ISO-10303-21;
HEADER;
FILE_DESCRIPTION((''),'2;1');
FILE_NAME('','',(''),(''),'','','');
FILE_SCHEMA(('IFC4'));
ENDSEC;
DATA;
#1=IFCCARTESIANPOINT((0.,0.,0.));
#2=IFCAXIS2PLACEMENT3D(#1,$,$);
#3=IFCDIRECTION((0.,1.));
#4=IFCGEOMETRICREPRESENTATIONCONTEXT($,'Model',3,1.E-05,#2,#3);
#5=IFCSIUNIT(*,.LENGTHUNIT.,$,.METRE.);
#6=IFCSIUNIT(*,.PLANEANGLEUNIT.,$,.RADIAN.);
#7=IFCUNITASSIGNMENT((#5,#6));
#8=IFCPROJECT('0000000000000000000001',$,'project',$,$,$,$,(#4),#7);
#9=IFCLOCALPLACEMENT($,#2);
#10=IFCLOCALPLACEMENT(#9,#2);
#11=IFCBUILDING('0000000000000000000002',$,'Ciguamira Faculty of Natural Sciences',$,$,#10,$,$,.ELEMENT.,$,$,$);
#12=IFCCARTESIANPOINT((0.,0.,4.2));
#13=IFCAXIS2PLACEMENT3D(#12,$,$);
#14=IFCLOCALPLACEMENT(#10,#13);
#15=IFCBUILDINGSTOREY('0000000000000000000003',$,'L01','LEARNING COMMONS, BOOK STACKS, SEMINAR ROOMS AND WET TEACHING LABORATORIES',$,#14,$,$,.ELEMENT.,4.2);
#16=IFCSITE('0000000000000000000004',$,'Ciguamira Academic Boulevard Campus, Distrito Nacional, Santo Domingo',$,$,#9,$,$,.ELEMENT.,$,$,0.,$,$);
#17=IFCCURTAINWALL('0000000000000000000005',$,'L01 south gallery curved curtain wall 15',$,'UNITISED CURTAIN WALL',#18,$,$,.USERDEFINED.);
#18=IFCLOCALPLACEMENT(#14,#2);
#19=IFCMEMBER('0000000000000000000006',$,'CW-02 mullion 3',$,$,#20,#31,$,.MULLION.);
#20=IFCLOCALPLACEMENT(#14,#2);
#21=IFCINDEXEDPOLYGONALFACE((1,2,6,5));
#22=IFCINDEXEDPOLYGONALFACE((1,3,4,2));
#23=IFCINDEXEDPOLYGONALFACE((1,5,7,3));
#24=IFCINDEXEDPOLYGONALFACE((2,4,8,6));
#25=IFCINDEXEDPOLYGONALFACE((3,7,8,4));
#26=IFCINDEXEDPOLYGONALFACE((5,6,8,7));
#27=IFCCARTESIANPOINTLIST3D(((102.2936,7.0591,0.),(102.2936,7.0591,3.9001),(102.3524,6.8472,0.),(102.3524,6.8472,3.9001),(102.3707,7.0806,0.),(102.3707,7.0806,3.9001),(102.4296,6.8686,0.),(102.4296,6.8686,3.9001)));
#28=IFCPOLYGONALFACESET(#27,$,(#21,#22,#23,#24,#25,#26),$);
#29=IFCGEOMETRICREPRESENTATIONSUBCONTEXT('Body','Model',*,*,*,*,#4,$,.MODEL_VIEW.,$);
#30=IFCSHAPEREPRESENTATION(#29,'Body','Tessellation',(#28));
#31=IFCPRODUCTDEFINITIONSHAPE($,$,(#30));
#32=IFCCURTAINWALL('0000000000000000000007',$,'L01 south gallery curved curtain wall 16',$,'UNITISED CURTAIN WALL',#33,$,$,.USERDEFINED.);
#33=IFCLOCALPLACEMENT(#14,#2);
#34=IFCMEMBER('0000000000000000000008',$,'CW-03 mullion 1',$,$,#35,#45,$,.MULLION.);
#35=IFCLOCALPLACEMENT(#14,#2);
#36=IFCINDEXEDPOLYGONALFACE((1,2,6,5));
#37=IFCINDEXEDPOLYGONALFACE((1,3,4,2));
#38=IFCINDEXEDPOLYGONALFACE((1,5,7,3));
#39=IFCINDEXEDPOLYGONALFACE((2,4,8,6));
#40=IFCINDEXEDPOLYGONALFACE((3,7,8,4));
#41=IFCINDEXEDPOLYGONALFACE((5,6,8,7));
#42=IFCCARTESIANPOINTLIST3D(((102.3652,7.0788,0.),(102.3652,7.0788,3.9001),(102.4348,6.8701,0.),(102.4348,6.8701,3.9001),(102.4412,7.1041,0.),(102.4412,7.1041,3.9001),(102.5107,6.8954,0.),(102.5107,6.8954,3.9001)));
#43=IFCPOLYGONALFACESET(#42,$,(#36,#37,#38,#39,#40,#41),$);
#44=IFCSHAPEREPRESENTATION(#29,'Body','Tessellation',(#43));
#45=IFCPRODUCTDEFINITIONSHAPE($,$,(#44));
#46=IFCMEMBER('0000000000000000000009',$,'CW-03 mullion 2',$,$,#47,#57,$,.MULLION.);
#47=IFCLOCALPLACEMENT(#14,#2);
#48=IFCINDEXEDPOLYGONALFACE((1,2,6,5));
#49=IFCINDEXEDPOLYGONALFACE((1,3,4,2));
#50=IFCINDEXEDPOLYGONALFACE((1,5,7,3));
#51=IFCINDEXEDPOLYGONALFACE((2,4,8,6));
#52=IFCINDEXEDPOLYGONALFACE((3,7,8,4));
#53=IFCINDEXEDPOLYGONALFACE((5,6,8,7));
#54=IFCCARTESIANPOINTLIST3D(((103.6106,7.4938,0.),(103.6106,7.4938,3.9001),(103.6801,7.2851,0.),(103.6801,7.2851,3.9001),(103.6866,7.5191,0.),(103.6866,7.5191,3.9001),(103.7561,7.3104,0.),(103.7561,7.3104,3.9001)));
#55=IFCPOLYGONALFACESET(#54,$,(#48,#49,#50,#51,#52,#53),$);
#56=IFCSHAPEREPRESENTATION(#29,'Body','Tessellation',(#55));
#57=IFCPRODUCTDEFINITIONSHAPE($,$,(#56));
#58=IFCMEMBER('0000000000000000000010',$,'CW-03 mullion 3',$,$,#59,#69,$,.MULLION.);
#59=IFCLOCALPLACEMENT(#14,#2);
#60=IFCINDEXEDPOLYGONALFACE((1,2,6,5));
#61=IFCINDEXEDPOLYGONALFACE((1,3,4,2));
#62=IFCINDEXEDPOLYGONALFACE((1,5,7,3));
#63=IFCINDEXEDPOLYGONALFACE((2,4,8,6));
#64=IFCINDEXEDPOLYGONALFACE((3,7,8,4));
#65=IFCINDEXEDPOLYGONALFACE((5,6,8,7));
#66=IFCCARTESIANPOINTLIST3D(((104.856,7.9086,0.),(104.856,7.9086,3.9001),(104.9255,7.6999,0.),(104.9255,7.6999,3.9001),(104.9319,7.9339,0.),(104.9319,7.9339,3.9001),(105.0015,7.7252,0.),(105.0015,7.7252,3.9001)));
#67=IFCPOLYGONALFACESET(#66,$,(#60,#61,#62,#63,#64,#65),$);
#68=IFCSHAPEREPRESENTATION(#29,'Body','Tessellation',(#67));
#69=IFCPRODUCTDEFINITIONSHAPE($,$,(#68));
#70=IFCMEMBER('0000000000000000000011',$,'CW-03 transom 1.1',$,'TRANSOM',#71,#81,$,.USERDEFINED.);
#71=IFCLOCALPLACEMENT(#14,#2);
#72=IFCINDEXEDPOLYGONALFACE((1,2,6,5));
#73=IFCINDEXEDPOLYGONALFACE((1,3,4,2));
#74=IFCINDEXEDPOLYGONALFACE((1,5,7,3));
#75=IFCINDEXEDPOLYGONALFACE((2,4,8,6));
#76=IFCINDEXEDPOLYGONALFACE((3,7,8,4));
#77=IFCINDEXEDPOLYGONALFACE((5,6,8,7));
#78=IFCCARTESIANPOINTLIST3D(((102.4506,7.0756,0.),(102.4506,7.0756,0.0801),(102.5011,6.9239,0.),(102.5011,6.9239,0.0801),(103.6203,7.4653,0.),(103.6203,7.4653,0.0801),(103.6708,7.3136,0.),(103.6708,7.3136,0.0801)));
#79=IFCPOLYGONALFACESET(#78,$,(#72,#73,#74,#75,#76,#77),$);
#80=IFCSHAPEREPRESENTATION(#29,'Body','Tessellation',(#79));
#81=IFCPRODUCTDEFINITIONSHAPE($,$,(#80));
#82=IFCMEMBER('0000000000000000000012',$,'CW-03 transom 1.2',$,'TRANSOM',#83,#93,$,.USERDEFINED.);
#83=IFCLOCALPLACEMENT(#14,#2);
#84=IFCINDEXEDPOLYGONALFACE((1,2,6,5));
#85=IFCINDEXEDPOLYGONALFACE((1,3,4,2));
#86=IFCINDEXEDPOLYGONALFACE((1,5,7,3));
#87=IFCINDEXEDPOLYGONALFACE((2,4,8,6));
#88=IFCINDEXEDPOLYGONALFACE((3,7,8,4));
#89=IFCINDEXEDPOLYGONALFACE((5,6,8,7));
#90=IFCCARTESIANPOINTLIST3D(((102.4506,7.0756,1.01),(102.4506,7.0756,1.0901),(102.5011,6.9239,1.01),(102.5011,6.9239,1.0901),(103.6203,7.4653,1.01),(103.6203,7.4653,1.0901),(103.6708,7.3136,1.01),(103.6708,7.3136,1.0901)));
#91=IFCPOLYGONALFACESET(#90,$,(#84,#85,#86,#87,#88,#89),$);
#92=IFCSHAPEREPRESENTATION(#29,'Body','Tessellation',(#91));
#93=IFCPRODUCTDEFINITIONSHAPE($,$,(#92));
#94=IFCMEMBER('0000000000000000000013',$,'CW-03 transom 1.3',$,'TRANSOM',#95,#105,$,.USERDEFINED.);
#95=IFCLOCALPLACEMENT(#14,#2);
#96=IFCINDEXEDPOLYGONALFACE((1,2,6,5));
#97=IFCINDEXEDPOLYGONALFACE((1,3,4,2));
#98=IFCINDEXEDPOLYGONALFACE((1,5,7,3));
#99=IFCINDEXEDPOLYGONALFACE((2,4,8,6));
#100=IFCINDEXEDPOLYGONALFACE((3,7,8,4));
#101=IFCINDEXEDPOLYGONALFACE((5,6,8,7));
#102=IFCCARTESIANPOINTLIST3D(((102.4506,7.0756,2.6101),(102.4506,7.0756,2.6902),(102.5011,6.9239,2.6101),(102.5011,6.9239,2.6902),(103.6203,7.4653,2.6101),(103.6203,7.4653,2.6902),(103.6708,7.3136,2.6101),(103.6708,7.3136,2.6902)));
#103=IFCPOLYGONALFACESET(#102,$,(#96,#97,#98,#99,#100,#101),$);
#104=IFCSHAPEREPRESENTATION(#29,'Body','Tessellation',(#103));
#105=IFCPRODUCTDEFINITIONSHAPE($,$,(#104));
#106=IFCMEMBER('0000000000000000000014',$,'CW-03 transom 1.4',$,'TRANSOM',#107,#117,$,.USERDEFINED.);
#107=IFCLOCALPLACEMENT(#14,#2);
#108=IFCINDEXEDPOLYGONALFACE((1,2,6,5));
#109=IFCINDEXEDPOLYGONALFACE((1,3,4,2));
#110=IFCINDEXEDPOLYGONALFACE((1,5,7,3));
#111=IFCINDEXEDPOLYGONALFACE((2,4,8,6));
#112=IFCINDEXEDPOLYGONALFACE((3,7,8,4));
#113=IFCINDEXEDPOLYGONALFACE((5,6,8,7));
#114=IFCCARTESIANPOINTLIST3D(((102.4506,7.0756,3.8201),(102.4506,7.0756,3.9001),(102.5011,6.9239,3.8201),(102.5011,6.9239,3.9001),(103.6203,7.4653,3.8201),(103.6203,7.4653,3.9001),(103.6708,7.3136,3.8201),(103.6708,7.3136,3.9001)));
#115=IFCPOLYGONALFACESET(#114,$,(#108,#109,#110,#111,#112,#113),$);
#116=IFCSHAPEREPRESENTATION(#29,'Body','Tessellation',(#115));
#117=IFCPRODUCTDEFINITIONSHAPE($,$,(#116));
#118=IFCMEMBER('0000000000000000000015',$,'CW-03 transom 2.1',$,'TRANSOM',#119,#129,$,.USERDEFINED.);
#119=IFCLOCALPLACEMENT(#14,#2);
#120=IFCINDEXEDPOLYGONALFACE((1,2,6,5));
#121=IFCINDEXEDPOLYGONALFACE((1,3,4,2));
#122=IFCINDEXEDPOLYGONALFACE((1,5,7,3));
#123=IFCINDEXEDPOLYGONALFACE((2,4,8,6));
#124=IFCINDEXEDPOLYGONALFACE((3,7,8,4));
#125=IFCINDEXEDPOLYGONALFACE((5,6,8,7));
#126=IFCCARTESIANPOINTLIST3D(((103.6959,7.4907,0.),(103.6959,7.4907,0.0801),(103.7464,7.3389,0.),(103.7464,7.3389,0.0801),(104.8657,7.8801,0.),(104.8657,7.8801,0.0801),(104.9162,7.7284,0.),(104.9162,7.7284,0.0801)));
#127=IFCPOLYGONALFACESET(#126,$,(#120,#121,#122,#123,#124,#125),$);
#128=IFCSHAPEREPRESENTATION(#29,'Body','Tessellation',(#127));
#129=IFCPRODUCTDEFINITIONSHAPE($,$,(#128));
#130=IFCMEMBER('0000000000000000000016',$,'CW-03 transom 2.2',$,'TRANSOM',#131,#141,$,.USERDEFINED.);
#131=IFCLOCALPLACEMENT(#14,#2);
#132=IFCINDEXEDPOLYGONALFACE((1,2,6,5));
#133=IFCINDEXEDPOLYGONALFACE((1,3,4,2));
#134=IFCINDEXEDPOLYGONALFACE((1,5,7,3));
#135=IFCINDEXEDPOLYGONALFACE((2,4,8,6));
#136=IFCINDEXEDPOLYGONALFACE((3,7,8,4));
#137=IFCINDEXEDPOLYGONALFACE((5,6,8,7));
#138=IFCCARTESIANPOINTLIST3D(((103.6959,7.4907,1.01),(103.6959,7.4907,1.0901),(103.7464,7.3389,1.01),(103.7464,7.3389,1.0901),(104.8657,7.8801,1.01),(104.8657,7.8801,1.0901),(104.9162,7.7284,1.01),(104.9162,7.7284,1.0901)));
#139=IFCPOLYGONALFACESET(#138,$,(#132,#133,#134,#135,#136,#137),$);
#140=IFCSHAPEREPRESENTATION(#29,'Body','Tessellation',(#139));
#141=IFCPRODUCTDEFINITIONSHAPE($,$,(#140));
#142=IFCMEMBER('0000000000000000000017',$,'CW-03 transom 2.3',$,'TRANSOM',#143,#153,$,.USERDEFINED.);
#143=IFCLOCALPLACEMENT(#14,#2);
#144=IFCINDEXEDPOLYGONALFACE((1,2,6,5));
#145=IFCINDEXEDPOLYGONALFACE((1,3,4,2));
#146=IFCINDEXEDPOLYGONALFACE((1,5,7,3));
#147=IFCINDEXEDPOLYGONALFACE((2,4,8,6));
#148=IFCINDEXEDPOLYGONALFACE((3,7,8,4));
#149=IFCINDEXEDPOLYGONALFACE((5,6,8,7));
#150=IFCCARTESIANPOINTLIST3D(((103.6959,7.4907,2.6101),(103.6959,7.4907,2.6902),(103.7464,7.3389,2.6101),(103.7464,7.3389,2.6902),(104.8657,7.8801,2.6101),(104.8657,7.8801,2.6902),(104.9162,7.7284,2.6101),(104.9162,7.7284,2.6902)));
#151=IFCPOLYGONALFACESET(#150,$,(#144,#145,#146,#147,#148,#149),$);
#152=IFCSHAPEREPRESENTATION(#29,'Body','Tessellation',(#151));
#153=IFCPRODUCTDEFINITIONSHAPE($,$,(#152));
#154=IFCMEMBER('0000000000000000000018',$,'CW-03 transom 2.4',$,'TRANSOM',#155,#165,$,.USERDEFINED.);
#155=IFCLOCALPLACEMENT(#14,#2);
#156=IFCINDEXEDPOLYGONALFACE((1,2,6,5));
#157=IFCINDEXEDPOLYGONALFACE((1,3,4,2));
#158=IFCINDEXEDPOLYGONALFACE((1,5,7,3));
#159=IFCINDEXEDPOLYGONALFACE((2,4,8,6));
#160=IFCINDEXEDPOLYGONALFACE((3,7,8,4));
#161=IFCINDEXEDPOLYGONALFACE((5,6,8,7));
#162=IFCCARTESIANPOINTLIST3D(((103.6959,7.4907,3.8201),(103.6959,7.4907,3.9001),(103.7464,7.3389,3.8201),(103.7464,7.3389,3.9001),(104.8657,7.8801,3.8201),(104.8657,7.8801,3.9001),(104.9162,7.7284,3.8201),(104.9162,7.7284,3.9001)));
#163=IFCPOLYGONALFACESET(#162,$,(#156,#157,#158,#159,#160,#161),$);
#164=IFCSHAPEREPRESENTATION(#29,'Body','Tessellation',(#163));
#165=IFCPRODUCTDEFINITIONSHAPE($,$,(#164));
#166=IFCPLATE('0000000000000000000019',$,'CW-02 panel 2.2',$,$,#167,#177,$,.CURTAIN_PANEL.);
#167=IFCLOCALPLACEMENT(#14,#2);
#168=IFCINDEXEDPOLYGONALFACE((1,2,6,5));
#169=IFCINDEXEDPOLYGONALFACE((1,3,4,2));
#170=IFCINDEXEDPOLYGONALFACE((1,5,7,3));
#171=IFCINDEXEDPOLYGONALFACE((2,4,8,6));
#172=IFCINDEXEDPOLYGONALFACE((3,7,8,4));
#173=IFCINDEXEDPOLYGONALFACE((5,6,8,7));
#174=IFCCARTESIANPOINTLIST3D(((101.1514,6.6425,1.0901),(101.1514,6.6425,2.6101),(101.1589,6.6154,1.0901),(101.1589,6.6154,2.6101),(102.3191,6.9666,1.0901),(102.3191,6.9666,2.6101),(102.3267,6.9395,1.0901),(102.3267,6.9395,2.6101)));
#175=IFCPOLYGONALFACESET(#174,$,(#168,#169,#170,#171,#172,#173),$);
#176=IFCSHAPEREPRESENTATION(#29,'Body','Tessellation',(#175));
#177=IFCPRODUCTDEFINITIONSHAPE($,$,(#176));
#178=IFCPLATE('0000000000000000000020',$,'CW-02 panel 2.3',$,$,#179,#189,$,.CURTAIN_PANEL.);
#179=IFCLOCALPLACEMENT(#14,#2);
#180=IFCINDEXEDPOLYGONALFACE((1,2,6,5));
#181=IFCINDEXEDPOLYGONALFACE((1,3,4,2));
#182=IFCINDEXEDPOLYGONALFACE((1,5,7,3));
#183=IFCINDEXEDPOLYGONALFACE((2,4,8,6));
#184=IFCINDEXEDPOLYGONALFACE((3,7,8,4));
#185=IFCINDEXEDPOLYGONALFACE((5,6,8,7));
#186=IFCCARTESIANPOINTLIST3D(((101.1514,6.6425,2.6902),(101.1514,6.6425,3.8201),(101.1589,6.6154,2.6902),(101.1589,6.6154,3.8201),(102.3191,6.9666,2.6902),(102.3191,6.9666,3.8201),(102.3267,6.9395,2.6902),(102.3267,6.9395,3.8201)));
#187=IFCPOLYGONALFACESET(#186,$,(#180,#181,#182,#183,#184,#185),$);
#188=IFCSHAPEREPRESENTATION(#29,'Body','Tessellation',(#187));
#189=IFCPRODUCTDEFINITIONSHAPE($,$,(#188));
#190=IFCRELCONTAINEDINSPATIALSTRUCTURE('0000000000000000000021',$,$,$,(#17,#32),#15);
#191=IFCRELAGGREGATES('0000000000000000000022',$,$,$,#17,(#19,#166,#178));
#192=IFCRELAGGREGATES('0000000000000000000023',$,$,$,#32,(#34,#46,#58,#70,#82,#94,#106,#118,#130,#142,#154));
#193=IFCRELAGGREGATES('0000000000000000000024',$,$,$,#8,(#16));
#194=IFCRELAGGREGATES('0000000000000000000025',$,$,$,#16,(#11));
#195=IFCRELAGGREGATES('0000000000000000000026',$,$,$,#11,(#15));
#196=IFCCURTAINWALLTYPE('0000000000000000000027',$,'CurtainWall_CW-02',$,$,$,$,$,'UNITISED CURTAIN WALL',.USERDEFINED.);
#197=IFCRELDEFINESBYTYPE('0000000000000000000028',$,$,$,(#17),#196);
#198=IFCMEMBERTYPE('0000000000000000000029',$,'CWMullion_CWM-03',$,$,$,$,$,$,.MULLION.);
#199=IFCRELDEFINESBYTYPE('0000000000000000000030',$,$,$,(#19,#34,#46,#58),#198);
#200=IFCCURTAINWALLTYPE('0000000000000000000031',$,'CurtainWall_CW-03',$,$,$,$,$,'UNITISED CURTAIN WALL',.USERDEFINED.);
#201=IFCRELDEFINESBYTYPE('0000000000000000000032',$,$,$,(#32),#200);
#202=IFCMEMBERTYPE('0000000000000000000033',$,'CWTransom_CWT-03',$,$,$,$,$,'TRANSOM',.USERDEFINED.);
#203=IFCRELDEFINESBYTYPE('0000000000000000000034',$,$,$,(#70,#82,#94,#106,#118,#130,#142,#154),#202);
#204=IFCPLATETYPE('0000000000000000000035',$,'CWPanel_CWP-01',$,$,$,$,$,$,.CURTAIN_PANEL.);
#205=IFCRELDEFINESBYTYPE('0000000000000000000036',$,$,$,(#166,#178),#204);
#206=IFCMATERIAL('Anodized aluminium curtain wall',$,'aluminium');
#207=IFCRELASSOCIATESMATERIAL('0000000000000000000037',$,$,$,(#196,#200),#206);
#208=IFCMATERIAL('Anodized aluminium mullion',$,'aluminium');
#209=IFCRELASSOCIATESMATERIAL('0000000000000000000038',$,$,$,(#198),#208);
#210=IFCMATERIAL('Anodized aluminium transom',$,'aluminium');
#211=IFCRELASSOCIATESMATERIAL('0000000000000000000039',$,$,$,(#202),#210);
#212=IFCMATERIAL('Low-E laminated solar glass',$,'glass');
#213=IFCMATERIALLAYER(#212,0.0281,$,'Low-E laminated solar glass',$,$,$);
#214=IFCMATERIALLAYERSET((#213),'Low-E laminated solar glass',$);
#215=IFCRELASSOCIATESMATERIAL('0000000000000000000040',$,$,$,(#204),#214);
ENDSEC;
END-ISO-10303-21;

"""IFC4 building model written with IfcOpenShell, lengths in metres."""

from ifc_helpers import new_model, si_unit, direction, frame, origin, origin_2d, place, context, subcontext, project, spatial, rectangle, extrude, material, layer, layer_set, material_profile, profile_set, type_object, element, aggregate, save


model = new_model("IFC4")

# Units and contexts
model_context = context("Model", 3, precision=1e-05, world=origin(), true_north=direction((0.0, 1.0)))
body_context = subcontext(model_context, "Body", "Model", "MODEL_VIEW")
ifc_project = project(units=[si_unit("LENGTHUNIT", "METRE"), si_unit("PLANEANGLEUNIT", "RADIAN")], contexts=[model_context])

# Site, building, storey
site_placement = place(None, origin())
site = spatial("IfcSite", under=ifc_project, at=site_placement, Name="Ciguamira Academic Boulevard Campus, Distrito Nacional, Santo Domingo", CompositionType="ELEMENT", RefElevation=0.0)
building_placement = place(site_placement, origin())
building = spatial("IfcBuilding", under=site, at=building_placement, Name="Ciguamira Faculty of Natural Sciences", CompositionType="ELEMENT")
storey_placement = place(building_placement, frame((0.0, 0.0, 4.2)))
storey = spatial("IfcBuildingStorey", under=building, at=storey_placement, Name="L01", Description="LEARNING COMMONS, BOOK STACKS, SEMINAR ROOMS AND WET TEACHING LABORATORIES", CompositionType="ELEMENT", Elevation=4.2)

# Curtain wall, member
ifc_material_1 = material(Name="Anodized aluminium curtain wall", Category="aluminium")
curtain_wall_type_1 = type_object("IfcCurtainWallType", Name="CurtainWall_CW-02", ElementType="UNITISED CURTAIN WALL", PredefinedType="USERDEFINED", material=ifc_material_1)
curtain_wall_1_placement = place(storey_placement, origin())
curtain_wall_1 = element("IfcCurtainWall", 1, at=curtain_wall_1_placement, inside=storey, type_object=curtain_wall_type_1, Name="L01 south gallery curved curtain wall 15", ObjectType="UNITISED CURTAIN WALL", PredefinedType="USERDEFINED")
ifc_material_2 = material(Name="Anodized aluminium mullion", Category="aluminium")
ifc_material_profile_1 = material_profile(ifc_material_2, rectangle(XDim=0.0801, YDim=0.22, at=origin_2d()), Name="ALU-MUL-80X220")
ifc_profile_set_1 = profile_set([ifc_material_profile_1], Name="Anodized aluminium mullion")
member_type_1 = type_object("IfcMemberType", Name="CWMullion_CWM-03", PredefinedType="MULLION", material=ifc_profile_set_1)
member_1_placement = place(storey_placement, frame((102.3616, 6.9639, 0.0), z_axis=(0.0, 0.0, 1.0), x_axis=(0.963573, 0.267444, 0.0)))
member_1 = element("IfcMember", 2, at=member_1_placement, type_object=member_type_1, Name="CW-02 mullion 3", PredefinedType="MULLION", context=body_context, shape_type="SweptSolid", body=[
    extrude(rectangle(XDim=0.0801, YDim=0.22, at=origin_2d()), origin(), (0.0, 0.0, 1.0), 3.9001),
])

# Curtain wall, members
curtain_wall_type_2 = type_object("IfcCurtainWallType", Name="CurtainWall_CW-03", ElementType="UNITISED CURTAIN WALL", PredefinedType="USERDEFINED", material=ifc_material_1)
curtain_wall_2_placement = place(storey_placement, origin())
curtain_wall_2 = element("IfcCurtainWall", 3, at=curtain_wall_2_placement, inside=storey, type_object=curtain_wall_type_2, Name="L01 south gallery curved curtain wall 16", ObjectType="UNITISED CURTAIN WALL", PredefinedType="USERDEFINED")
member_2_placement = place(storey_placement, frame((102.438, 6.9871, 0.0), z_axis=(0.0, 0.0, 1.0), x_axis=(0.948735, 0.316073, 0.0)))
member_2 = element("IfcMember", 4, at=member_2_placement, type_object=member_type_1, Name="CW-03 mullion 1", PredefinedType="MULLION", context=body_context, shape_type="SweptSolid", body=[
    extrude(rectangle(XDim=0.0801, YDim=0.22, at=origin_2d()), origin(), (0.0, 0.0, 1.0), 3.9001),
])
member_3_placement = place(storey_placement, frame((103.6833, 7.4021, 0.0), z_axis=(0.0, 0.0, 1.0), x_axis=(0.948735, 0.316073, 0.0)))
member_3 = element("IfcMember", 5, at=member_3_placement, type_object=member_type_1, Name="CW-03 mullion 2", PredefinedType="MULLION", context=body_context, shape_type="SweptSolid", body=[
    extrude(rectangle(XDim=0.0801, YDim=0.22, at=origin_2d()), origin(), (0.0, 0.0, 1.0), 3.9001),
])
member_4_placement = place(storey_placement, frame((104.9287, 7.8169, 0.0), z_axis=(0.0, 0.0, 1.0), x_axis=(0.948735, 0.316073, 0.0)))
member_4 = element("IfcMember", 6, at=member_4_placement, type_object=member_type_1, Name="CW-03 mullion 3", PredefinedType="MULLION", context=body_context, shape_type="SweptSolid", body=[
    extrude(rectangle(XDim=0.0801, YDim=0.22, at=origin_2d()), origin(), (0.0, 0.0, 1.0), 3.9001),
])
ifc_material_3 = material(Name="Anodized aluminium transom", Category="aluminium")
ifc_material_profile_2 = material_profile(ifc_material_3, rectangle(XDim=0.0801, YDim=0.1599, at=origin_2d()), Name="ALU-TRN-80X160")
ifc_profile_set_2 = profile_set([ifc_material_profile_2], Name="Anodized aluminium transom")
member_type_2 = type_object("IfcMemberType", Name="CWTransom_CWT-03", ElementType="TRANSOM", PredefinedType="USERDEFINED", material=ifc_profile_set_2)
member_5_placement = place(storey_placement, frame((102.4758, 6.9998, 0.04), z_axis=(0.948743, 0.31605, 0.0), x_axis=(0.0, 0.0, 1.0)))
member_5 = element("IfcMember", 7, at=member_5_placement, type_object=member_type_2, Name="CW-03 transom 1.1", ObjectType="TRANSOM", PredefinedType="USERDEFINED", context=body_context, shape_type="SweptSolid", body=[
    extrude(rectangle(XDim=0.0801, YDim=0.1599, at=origin_2d()), origin(), (0.0, 0.0, 1.0), 1.2329),
])
member_6_placement = place(storey_placement, frame((102.4758, 6.9998, 1.05), z_axis=(0.948743, 0.31605, 0.0), x_axis=(0.0, 0.0, 1.0)))
member_6 = element("IfcMember", 8, at=member_6_placement, type_object=member_type_2, Name="CW-03 transom 1.2", ObjectType="TRANSOM", PredefinedType="USERDEFINED", context=body_context, shape_type="SweptSolid", body=[
    extrude(rectangle(XDim=0.0801, YDim=0.1599, at=origin_2d()), origin(), (0.0, 0.0, 1.0), 1.2329),
])
member_7_placement = place(storey_placement, frame((102.4758, 6.9998, 2.6501), z_axis=(0.948743, 0.31605, 0.0), x_axis=(0.0, 0.0, 1.0)))
member_7 = element("IfcMember", 9, at=member_7_placement, type_object=member_type_2, Name="CW-03 transom 1.3", ObjectType="TRANSOM", PredefinedType="USERDEFINED", context=body_context, shape_type="SweptSolid", body=[
    extrude(rectangle(XDim=0.0801, YDim=0.1599, at=origin_2d()), origin(), (0.0, 0.0, 1.0), 1.2329),
])
member_8_placement = place(storey_placement, frame((102.4758, 6.9998, 3.8601), z_axis=(0.948743, 0.31605, 0.0), x_axis=(0.0, 0.0, 1.0)))
member_8 = element("IfcMember", 10, at=member_8_placement, type_object=member_type_2, Name="CW-03 transom 1.4", ObjectType="TRANSOM", PredefinedType="USERDEFINED", context=body_context, shape_type="SweptSolid", body=[
    extrude(rectangle(XDim=0.0801, YDim=0.1599, at=origin_2d()), origin(), (0.0, 0.0, 1.0), 1.2329),
])
member_9_placement = place(storey_placement, frame((103.7212, 7.4148, 0.04), z_axis=(0.948802, 0.315871, 0.0), x_axis=(0.0, 0.0, 1.0)))
member_9 = element("IfcMember", 11, at=member_9_placement, type_object=member_type_2, Name="CW-03 transom 2.1", ObjectType="TRANSOM", PredefinedType="USERDEFINED", context=body_context, shape_type="SweptSolid", body=[
    extrude(rectangle(XDim=0.0801, YDim=0.1599, at=origin_2d()), origin(), (0.0, 0.0, 1.0), 1.2329),
])
member_10_placement = place(storey_placement, frame((103.7212, 7.4148, 1.05), z_axis=(0.948802, 0.315871, 0.0), x_axis=(0.0, 0.0, 1.0)))
member_10 = element("IfcMember", 12, at=member_10_placement, type_object=member_type_2, Name="CW-03 transom 2.2", ObjectType="TRANSOM", PredefinedType="USERDEFINED", context=body_context, shape_type="SweptSolid", body=[
    extrude(rectangle(XDim=0.0801, YDim=0.1599, at=origin_2d()), origin(), (0.0, 0.0, 1.0), 1.2329),
])
member_11_placement = place(storey_placement, frame((103.7212, 7.4148, 2.6501), z_axis=(0.948802, 0.315871, 0.0), x_axis=(0.0, 0.0, 1.0)))
member_11 = element("IfcMember", 13, at=member_11_placement, type_object=member_type_2, Name="CW-03 transom 2.3", ObjectType="TRANSOM", PredefinedType="USERDEFINED", context=body_context, shape_type="SweptSolid", body=[
    extrude(rectangle(XDim=0.0801, YDim=0.1599, at=origin_2d()), origin(), (0.0, 0.0, 1.0), 1.2329),
])
member_12_placement = place(storey_placement, frame((103.7212, 7.4148, 3.8601), z_axis=(0.948802, 0.315871, 0.0), x_axis=(0.0, 0.0, 1.0)))
member_12 = element("IfcMember", 14, at=member_12_placement, type_object=member_type_2, Name="CW-03 transom 2.4", ObjectType="TRANSOM", PredefinedType="USERDEFINED", context=body_context, shape_type="SweptSolid", body=[
    extrude(rectangle(XDim=0.0801, YDim=0.1599, at=origin_2d()), origin(), (0.0, 0.0, 1.0), 1.2329),
])

# Plates
ifc_material_4 = material(Name="Low-E laminated solar glass", Category="glass")
ifc_layer = layer(ifc_material_4, 0.0281, Name="Low-E laminated solar glass")
ifc_layer_set = layer_set([ifc_layer], Name="Low-E laminated solar glass")
plate_type = type_object("IfcPlateType", Name="CWPanel_CWP-01", PredefinedType="CURTAIN_PANEL", material=ifc_layer_set)
plate_1_placement = place(storey_placement, frame((101.739, 6.791, 1.0901), z_axis=(0.0, 0.0, 1.0), x_axis=(0.963573, 0.267444, 0.0)))
plate_1 = element("IfcPlate", 15, at=plate_1_placement, type_object=plate_type, Name="CW-02 panel 2.2", PredefinedType="CURTAIN_PANEL", context=body_context, shape_type="SweptSolid", body=[
    extrude(rectangle(XDim=1.2119, YDim=0.0281, at=origin_2d()), origin(), (0.0, 0.0, 1.0), 1.52),
])
plate_2_placement = place(storey_placement, frame((101.739, 6.791, 2.6902), z_axis=(0.0, 0.0, 1.0), x_axis=(0.963573, 0.267444, 0.0)))
plate_2 = element("IfcPlate", 16, at=plate_2_placement, type_object=plate_type, Name="CW-02 panel 2.3", PredefinedType="CURTAIN_PANEL", context=body_context, shape_type="SweptSolid", body=[
    extrude(rectangle(XDim=1.2119, YDim=0.0281, at=origin_2d()), origin(), (0.0, 0.0, 1.0), 1.1299),
])
aggregate(curtain_wall_1, [member_1, plate_1, plate_2])
aggregate(curtain_wall_2, [member_2, member_3, member_4, member_5, member_6, member_7, member_8, member_9, member_10, member_11, member_12])

save(model, "model.ifc")
